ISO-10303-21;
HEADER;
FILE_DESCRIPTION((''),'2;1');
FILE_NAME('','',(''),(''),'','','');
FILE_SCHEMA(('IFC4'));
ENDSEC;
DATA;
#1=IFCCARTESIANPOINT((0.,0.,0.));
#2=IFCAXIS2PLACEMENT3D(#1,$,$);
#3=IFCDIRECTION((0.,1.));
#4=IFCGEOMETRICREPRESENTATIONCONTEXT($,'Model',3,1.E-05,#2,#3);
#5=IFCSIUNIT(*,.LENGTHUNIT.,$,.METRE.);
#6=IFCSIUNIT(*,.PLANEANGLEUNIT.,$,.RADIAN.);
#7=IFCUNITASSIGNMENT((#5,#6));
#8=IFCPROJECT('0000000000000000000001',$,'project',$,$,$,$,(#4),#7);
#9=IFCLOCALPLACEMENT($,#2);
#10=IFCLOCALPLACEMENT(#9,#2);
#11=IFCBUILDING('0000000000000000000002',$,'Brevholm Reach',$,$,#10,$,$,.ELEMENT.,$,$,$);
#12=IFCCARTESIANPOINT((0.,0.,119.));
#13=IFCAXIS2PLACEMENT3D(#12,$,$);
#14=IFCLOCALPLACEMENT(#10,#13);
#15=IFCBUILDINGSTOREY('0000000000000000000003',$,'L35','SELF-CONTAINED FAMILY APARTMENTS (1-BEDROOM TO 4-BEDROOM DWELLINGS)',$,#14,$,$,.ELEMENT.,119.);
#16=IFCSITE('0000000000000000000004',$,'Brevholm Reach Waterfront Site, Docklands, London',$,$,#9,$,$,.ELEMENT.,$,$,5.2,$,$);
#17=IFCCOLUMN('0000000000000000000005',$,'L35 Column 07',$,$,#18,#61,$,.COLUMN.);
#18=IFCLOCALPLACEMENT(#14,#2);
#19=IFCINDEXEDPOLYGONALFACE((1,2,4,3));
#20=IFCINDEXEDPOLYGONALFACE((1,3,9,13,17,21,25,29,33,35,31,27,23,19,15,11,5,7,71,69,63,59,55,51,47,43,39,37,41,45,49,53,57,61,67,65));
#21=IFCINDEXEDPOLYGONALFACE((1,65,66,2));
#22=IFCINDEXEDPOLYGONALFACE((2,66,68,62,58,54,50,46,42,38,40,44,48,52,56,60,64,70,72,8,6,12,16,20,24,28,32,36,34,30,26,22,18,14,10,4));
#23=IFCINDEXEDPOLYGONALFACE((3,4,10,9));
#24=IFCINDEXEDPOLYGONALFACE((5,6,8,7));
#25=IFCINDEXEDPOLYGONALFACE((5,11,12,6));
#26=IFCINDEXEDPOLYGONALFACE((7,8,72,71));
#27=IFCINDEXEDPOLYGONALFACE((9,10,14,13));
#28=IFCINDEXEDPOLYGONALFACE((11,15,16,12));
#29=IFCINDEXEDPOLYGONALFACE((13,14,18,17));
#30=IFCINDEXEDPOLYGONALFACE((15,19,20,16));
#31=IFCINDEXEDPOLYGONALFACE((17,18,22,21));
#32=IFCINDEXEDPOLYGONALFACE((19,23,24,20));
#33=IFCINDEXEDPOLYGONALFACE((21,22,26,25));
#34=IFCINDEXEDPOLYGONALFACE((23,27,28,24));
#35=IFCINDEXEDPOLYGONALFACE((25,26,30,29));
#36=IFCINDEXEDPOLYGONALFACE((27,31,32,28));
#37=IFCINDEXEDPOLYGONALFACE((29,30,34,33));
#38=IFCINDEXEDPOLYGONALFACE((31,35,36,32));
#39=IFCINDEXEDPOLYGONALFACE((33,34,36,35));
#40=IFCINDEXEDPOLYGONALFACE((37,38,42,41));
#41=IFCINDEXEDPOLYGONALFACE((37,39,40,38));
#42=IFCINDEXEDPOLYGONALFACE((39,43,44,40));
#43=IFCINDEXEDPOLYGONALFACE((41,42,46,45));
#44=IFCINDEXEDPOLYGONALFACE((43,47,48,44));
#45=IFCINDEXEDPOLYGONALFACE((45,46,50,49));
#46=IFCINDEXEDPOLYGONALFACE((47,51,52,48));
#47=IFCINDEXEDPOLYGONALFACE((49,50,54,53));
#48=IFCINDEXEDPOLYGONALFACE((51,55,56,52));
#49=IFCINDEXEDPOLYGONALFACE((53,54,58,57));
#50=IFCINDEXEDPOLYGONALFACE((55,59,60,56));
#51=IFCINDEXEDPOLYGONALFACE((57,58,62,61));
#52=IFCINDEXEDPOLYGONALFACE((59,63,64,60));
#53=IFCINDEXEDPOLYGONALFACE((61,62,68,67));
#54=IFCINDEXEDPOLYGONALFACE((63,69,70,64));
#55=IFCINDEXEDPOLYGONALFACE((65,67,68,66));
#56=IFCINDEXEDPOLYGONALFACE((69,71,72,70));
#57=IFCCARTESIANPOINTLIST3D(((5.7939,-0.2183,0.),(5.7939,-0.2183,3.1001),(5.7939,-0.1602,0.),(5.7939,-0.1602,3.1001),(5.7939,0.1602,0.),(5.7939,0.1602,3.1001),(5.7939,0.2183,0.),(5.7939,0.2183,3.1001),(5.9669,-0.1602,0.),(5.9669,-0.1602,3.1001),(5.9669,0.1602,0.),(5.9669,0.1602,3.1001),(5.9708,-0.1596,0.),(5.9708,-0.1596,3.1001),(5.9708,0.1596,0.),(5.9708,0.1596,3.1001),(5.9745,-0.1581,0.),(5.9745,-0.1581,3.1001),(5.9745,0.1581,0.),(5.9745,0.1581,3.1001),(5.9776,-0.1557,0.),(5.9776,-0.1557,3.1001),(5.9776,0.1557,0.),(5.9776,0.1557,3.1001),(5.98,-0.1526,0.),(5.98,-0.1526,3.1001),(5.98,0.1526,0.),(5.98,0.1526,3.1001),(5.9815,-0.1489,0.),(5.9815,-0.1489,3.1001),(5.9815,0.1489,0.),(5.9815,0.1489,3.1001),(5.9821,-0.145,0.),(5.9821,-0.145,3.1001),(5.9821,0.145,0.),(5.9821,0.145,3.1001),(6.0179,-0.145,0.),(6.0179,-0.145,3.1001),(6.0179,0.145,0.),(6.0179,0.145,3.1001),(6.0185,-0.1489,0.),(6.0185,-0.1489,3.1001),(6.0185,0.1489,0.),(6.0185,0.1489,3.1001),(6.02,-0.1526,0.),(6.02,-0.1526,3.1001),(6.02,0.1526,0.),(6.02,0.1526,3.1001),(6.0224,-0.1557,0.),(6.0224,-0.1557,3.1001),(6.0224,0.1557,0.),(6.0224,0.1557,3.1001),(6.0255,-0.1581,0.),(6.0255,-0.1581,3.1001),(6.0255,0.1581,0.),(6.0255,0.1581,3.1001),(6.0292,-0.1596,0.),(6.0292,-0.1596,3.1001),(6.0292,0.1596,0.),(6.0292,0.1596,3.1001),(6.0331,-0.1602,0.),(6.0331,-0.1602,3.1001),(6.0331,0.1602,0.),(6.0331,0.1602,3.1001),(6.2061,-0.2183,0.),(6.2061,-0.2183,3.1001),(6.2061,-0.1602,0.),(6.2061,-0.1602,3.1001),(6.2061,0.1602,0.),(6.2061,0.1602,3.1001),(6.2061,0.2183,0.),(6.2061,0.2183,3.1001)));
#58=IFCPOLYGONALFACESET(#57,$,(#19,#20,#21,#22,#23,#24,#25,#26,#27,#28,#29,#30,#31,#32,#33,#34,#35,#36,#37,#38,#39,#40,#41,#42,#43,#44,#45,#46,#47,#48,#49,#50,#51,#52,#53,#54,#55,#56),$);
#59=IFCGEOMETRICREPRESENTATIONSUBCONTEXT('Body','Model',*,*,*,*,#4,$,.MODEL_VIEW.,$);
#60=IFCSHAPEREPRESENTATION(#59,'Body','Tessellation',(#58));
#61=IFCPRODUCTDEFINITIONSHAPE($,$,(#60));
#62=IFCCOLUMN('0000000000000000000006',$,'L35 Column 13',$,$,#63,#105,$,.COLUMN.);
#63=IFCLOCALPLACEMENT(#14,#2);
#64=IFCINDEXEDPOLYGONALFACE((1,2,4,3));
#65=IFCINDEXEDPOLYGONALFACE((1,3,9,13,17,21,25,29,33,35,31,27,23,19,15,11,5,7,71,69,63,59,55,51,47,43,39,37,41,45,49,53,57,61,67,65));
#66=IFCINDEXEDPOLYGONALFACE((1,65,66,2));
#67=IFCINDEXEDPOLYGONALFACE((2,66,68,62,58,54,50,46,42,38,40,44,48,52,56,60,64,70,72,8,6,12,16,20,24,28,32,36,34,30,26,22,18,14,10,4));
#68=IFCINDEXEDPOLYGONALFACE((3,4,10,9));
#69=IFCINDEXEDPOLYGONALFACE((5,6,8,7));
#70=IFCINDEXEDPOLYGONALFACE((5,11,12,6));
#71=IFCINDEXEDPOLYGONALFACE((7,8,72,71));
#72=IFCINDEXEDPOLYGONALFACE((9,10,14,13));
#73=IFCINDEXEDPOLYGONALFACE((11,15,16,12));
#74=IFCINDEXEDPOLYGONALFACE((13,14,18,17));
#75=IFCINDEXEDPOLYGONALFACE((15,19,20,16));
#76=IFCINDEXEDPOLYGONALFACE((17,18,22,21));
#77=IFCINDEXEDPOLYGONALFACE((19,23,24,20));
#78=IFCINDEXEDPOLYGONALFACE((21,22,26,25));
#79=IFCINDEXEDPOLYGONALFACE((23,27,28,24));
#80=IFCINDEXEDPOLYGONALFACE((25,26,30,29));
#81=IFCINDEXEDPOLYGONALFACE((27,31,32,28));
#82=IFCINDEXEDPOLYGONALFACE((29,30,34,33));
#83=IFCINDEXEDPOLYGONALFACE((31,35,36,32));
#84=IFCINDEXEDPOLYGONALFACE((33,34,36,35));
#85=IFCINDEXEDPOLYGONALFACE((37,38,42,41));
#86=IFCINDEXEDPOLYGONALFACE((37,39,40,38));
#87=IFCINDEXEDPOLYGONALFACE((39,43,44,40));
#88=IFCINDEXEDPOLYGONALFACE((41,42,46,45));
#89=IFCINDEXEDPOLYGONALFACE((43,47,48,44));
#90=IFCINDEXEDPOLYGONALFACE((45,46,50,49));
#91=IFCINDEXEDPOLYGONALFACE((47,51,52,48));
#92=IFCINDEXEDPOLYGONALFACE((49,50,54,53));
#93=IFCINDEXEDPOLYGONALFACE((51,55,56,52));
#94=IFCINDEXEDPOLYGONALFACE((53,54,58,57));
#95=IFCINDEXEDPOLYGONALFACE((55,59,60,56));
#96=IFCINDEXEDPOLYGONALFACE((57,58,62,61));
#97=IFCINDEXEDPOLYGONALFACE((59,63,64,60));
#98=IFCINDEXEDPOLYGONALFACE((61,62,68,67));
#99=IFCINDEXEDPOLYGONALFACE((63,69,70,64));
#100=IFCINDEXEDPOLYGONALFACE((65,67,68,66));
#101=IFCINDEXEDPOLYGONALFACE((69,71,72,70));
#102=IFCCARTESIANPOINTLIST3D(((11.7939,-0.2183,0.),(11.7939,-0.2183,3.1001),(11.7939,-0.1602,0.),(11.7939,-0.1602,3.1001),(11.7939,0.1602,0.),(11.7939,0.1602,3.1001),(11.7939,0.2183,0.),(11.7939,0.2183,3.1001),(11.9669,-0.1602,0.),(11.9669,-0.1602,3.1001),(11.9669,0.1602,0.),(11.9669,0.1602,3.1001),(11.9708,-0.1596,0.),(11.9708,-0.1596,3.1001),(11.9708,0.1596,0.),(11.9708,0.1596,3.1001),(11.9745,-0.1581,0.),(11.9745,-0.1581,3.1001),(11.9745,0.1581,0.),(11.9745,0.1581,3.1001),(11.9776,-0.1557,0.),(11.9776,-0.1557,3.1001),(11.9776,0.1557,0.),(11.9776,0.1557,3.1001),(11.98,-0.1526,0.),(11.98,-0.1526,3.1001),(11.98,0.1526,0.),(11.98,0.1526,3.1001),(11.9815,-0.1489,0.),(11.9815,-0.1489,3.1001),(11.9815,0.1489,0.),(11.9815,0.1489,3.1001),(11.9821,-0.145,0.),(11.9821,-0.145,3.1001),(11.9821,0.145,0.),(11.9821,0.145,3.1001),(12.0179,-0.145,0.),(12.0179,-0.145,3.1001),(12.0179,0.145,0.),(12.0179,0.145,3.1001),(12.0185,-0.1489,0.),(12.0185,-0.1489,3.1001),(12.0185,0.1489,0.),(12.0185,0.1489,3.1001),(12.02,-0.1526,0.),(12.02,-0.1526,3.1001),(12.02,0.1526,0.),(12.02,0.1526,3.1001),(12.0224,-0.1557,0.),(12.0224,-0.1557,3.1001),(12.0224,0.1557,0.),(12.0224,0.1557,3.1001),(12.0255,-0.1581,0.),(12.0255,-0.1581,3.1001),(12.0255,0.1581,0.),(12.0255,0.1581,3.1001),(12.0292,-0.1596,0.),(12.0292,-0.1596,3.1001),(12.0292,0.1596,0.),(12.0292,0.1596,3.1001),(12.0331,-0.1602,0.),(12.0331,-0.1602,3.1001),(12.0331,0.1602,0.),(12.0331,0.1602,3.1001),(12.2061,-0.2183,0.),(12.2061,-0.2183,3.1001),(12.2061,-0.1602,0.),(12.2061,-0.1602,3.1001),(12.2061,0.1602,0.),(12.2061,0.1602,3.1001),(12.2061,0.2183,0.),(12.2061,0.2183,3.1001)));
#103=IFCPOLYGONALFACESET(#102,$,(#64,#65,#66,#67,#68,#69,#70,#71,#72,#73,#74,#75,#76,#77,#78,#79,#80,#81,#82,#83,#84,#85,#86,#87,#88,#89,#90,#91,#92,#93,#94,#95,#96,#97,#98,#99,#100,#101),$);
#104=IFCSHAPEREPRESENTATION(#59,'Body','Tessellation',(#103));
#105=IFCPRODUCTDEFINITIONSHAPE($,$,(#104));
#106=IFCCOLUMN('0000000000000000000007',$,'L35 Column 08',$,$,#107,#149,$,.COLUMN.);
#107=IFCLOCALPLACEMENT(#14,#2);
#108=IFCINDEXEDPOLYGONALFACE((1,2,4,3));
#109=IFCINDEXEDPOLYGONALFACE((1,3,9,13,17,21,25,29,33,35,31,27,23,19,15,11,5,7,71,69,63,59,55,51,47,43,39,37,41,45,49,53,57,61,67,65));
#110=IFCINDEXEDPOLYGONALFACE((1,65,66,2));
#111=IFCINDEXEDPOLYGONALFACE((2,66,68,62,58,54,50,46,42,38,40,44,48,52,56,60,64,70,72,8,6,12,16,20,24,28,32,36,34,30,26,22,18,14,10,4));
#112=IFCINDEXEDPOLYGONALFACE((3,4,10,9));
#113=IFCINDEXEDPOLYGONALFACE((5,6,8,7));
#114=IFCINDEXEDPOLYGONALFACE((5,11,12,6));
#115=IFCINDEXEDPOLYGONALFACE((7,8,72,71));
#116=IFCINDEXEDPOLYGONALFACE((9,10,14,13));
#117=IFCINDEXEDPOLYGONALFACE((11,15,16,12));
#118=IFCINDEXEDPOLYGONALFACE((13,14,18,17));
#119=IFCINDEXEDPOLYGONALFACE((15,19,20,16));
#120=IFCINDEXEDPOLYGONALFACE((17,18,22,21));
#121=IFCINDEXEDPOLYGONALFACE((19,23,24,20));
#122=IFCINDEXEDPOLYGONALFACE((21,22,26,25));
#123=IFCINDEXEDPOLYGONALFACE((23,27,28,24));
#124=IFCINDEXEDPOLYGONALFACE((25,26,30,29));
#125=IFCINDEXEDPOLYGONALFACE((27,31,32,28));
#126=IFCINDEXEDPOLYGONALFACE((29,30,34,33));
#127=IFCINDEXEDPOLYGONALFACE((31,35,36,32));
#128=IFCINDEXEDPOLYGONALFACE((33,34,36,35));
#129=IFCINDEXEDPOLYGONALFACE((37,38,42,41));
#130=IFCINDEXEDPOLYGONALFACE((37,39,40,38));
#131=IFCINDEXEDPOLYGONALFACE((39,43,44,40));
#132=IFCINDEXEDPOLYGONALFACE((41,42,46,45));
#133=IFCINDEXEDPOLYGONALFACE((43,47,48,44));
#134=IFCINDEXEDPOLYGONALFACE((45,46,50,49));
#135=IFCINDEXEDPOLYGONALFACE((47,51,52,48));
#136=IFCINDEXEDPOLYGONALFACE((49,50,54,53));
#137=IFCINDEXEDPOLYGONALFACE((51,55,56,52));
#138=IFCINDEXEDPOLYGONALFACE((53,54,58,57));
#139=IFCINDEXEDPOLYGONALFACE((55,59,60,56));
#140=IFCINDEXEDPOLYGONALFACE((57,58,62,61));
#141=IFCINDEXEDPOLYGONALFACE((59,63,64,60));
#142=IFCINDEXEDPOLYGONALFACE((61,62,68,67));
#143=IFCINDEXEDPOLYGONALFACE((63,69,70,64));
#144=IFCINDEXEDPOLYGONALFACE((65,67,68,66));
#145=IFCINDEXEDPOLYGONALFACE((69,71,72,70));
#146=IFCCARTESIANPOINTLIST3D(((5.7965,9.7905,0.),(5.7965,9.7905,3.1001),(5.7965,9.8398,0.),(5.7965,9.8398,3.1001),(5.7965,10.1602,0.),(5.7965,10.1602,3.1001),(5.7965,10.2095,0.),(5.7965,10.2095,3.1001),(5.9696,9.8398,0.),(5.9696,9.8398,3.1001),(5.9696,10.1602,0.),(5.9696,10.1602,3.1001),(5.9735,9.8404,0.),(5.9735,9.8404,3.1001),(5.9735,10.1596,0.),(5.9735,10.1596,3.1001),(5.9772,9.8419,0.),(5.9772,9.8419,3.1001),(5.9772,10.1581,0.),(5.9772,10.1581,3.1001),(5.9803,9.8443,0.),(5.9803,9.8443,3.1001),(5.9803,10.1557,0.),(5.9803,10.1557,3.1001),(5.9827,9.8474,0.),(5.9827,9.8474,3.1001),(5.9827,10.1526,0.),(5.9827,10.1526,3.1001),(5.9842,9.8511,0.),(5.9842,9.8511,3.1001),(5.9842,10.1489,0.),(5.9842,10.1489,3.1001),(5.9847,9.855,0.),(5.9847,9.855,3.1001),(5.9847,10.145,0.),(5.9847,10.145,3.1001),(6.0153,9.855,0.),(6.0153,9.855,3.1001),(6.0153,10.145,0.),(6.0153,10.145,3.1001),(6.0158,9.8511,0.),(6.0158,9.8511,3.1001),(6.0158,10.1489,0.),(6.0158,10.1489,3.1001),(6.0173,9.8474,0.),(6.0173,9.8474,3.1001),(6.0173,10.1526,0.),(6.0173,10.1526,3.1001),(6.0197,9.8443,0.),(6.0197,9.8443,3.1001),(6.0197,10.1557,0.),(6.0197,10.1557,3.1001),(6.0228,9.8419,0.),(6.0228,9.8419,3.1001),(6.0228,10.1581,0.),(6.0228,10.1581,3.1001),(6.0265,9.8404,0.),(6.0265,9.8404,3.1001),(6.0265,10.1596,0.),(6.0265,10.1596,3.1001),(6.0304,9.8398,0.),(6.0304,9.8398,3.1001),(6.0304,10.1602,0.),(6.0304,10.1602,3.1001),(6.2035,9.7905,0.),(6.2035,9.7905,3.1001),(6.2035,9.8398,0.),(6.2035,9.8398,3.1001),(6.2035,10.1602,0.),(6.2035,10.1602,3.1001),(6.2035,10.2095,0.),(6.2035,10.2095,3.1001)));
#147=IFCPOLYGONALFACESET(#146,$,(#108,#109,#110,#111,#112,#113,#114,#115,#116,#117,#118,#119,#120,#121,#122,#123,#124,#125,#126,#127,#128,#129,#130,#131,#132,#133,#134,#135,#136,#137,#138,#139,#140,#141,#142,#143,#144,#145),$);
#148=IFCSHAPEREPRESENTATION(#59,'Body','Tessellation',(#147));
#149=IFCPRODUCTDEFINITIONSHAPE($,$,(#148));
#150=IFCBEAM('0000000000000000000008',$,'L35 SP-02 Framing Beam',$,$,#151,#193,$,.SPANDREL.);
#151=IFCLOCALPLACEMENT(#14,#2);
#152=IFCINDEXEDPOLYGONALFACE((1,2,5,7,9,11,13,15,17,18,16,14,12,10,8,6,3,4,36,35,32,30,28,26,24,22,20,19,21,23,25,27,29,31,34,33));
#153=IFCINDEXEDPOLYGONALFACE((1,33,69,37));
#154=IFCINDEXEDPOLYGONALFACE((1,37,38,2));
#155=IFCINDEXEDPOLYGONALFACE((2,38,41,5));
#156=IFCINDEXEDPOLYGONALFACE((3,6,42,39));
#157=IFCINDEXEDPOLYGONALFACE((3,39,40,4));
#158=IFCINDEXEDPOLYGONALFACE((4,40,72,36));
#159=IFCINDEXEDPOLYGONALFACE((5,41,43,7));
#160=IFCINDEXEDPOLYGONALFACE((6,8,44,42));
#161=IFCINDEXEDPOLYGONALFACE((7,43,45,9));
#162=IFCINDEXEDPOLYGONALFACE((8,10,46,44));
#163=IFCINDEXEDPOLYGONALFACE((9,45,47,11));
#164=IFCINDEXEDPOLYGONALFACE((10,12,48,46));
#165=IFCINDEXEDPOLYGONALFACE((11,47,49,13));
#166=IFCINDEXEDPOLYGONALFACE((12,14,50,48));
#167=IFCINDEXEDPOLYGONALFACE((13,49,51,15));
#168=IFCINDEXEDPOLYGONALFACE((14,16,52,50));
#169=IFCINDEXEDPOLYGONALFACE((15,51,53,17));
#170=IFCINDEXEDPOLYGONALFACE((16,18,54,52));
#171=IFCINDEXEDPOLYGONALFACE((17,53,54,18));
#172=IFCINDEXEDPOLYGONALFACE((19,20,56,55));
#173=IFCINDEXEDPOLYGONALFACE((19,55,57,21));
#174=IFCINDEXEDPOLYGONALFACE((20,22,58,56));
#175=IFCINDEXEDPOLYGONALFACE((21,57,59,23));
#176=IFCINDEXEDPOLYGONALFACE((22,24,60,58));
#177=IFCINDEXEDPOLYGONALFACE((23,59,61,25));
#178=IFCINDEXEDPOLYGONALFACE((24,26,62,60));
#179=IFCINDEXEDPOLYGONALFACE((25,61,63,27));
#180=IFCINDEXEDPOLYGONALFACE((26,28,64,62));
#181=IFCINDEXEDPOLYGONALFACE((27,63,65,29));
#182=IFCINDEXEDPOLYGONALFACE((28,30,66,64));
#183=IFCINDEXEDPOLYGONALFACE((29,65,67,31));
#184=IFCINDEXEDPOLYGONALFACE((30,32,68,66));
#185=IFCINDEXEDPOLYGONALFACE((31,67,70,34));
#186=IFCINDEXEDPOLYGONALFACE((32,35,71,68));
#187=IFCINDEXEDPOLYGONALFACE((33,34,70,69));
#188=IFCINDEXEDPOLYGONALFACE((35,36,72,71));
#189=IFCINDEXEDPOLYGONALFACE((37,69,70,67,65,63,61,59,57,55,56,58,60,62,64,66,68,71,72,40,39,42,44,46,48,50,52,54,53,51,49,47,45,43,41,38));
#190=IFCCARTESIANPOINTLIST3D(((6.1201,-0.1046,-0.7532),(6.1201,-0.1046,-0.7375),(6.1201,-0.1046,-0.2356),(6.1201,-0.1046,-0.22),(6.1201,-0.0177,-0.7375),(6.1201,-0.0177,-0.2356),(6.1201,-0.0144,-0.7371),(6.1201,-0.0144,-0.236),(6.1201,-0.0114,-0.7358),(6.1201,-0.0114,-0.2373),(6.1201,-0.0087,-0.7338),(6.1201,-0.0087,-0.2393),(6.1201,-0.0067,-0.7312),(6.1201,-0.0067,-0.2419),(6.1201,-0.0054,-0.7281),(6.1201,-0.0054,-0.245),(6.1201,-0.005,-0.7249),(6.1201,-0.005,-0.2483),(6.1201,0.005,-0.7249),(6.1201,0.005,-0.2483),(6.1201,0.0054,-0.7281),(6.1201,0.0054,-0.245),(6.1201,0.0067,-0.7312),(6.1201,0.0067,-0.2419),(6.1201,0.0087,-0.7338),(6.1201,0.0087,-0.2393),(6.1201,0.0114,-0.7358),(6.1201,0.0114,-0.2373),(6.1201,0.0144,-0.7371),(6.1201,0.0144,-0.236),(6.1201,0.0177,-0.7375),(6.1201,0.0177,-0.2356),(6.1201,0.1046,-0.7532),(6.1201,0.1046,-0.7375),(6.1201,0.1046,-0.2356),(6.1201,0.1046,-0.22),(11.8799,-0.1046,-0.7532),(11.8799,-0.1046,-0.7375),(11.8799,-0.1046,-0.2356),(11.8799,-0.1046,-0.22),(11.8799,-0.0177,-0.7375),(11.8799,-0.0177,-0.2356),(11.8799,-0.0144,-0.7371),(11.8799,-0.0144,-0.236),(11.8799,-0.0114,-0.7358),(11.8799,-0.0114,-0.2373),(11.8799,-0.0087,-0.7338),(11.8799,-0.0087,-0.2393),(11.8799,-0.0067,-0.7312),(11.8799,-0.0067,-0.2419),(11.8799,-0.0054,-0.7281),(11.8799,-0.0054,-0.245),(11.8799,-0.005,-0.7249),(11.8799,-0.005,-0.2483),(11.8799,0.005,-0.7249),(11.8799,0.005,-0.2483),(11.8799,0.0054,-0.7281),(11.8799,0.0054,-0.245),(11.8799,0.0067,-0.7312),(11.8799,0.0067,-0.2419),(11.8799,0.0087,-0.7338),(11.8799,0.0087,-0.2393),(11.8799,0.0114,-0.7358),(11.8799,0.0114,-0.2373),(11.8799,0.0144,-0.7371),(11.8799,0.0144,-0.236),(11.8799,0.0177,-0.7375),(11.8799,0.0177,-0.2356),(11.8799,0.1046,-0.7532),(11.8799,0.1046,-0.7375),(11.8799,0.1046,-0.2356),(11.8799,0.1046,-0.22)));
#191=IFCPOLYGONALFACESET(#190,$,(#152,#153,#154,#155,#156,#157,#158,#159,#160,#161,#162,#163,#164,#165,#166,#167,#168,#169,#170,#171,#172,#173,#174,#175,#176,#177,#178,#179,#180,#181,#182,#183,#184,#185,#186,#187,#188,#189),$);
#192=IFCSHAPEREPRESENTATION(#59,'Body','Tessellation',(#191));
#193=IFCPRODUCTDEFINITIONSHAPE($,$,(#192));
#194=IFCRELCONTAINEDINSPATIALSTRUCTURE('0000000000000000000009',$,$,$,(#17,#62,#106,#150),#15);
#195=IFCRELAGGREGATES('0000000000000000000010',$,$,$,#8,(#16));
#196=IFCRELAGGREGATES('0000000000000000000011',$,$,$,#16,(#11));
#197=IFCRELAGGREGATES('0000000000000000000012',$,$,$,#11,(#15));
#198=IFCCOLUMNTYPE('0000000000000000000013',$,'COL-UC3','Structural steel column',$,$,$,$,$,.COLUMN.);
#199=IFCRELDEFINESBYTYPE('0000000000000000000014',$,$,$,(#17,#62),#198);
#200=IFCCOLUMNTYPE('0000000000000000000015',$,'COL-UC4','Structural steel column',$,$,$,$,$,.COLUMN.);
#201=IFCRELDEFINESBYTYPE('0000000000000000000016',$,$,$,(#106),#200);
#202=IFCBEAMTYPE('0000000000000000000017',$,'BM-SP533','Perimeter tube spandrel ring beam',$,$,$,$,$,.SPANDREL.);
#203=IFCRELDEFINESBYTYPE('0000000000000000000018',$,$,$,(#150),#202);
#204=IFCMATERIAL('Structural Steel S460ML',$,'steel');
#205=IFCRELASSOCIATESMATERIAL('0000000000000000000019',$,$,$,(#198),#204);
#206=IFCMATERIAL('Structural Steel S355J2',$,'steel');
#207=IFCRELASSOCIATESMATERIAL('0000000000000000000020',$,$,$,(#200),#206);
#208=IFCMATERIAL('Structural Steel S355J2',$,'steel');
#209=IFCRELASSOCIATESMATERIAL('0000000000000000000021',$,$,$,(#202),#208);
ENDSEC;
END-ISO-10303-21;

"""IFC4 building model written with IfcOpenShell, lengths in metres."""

from ifc_helpers import new_model, si_unit, direction, frame, origin, origin_2d, place, context, subcontext, project, spatial, i_section, extrude, material, material_profile, profile_set, type_object, element, save


model = new_model("IFC4")

# Units and contexts
model_context = context("Model", 3, precision=1e-05, world=origin(), true_north=direction((0.0, 1.0)))
body_context = subcontext(model_context, "Body", "Model", "MODEL_VIEW")
ifc_project = project(units=[si_unit("LENGTHUNIT", "METRE"), si_unit("PLANEANGLEUNIT", "RADIAN")], contexts=[model_context])

# Site, building, storey
site_placement = place(None, origin())
site = spatial("IfcSite", under=ifc_project, at=site_placement, Name="Brevholm Reach Waterfront Site, Docklands, London", CompositionType="ELEMENT", RefElevation=5.2)
building_placement = place(site_placement, origin())
building = spatial("IfcBuilding", under=site, at=building_placement, Name="Brevholm Reach", CompositionType="ELEMENT")
storey_placement = place(building_placement, frame((0.0, 0.0, 119.0)))
storey = spatial("IfcBuildingStorey", under=building, at=storey_placement, Name="L35", Description="SELF-CONTAINED FAMILY APARTMENTS (1-BEDROOM TO 4-BEDROOM DWELLINGS)", CompositionType="ELEMENT", Elevation=119.0)

# Columns
ifc_material_1 = material(Name="Structural Steel S460ML", Category="steel")
ifc_material_profile_1 = material_profile(ifc_material_1, i_section(OverallWidth=0.4121, OverallDepth=0.4365, WebThickness=0.0359, FlangeThickness=0.0581, FilletRadius=0.0151, at=origin_2d()), Name="UKC 356x406x467")
ifc_profile_set_1 = profile_set([ifc_material_profile_1], Name="Structural Steel S460ML")
column_type_1 = type_object("IfcColumnType", Name="COL-UC3", Description="Structural steel column", PredefinedType="COLUMN", material=ifc_profile_set_1)
for number, where, z_axis, x_axis, name in (
    (1, (6.0, 0.0, 0.0), (0.0, 0.0, 1.0), (1.0, 0.0, 0.0), "L35 Column 07"),
    (2, (12.0, 0.0, 0.0), (0.0, 0.0, 1.0), (1.0, 0.0, 0.0), "L35 Column 13"),
):
    element("IfcColumn", number, at=place(storey_placement, frame(where, z_axis=z_axis, x_axis=x_axis)), inside=storey, type_object=column_type_1, Name=name, PredefinedType="COLUMN", context=body_context, shape_type="SweptSolid", body=[
        extrude(i_section(OverallWidth=0.4121, OverallDepth=0.4365, WebThickness=0.0359, FlangeThickness=0.0581, FilletRadius=0.0151, at=origin_2d()), origin(), (0.0, 0.0, 1.0), 3.1001),
    ])
ifc_material_2 = material(Name="Structural Steel S355J2", Category="steel")
ifc_material_profile_2 = material_profile(ifc_material_2, i_section(OverallWidth=0.407, OverallDepth=0.4189, WebThickness=0.0305, FlangeThickness=0.0493, FilletRadius=0.0151, at=origin_2d()), Name="UKC 356x406x393")
ifc_profile_set_2 = profile_set([ifc_material_profile_2], Name="Structural Steel S355J2")
column_type_2 = type_object("IfcColumnType", Name="COL-UC4", Description="Structural steel column", PredefinedType="COLUMN", material=ifc_profile_set_2)
column_placement = place(storey_placement, frame((6.0, 10.0, 0.0), z_axis=(0.0, 0.0, 1.0), x_axis=(1.0, 0.0, 0.0)))
element("IfcColumn", 3, at=column_placement, inside=storey, type_object=column_type_2, Name="L35 Column 08", PredefinedType="COLUMN", context=body_context, shape_type="SweptSolid", body=[
    extrude(i_section(OverallWidth=0.407, OverallDepth=0.4189, WebThickness=0.0305, FlangeThickness=0.0493, FilletRadius=0.0151, at=origin_2d()), origin(), (0.0, 0.0, 1.0), 3.1001),
])

# Beam
ifc_material_3 = material(Name="Structural Steel S355J2", Category="steel")
ifc_material_profile_3 = material_profile(ifc_material_3, i_section(OverallWidth=0.2092, OverallDepth=0.5332, WebThickness=0.01, FlangeThickness=0.0156, FilletRadius=0.0127, at=origin_2d()), Name="UKB 533x210x92")
ifc_profile_set_3 = profile_set([ifc_material_profile_3], Name="Structural Steel S355J2")
beam_type_1 = type_object("IfcBeamType", Name="BM-SP533", Description="Perimeter tube spandrel ring beam", PredefinedType="SPANDREL", material=ifc_profile_set_3)
for number, where, z_axis, x_axis, name in (
    (4, (6.1201, 0.0, -0.4866), (1.0, 0.0, 0.0), (0.0, 1.0, 0.0), "L35 SP-02 Framing Beam"),
):
    element("IfcBeam", number, at=place(storey_placement, frame(where, z_axis=z_axis, x_axis=x_axis)), inside=storey, type_object=beam_type_1, Name=name, PredefinedType="SPANDREL", context=body_context, shape_type="SweptSolid", body=[
        extrude(i_section(OverallWidth=0.2092, OverallDepth=0.5332, WebThickness=0.01, FlangeThickness=0.0156, FilletRadius=0.0127, at=origin_2d()), origin(), (0.0, 0.0, 1.0), 5.7598),
    ])

save(model, "model.ifc")
